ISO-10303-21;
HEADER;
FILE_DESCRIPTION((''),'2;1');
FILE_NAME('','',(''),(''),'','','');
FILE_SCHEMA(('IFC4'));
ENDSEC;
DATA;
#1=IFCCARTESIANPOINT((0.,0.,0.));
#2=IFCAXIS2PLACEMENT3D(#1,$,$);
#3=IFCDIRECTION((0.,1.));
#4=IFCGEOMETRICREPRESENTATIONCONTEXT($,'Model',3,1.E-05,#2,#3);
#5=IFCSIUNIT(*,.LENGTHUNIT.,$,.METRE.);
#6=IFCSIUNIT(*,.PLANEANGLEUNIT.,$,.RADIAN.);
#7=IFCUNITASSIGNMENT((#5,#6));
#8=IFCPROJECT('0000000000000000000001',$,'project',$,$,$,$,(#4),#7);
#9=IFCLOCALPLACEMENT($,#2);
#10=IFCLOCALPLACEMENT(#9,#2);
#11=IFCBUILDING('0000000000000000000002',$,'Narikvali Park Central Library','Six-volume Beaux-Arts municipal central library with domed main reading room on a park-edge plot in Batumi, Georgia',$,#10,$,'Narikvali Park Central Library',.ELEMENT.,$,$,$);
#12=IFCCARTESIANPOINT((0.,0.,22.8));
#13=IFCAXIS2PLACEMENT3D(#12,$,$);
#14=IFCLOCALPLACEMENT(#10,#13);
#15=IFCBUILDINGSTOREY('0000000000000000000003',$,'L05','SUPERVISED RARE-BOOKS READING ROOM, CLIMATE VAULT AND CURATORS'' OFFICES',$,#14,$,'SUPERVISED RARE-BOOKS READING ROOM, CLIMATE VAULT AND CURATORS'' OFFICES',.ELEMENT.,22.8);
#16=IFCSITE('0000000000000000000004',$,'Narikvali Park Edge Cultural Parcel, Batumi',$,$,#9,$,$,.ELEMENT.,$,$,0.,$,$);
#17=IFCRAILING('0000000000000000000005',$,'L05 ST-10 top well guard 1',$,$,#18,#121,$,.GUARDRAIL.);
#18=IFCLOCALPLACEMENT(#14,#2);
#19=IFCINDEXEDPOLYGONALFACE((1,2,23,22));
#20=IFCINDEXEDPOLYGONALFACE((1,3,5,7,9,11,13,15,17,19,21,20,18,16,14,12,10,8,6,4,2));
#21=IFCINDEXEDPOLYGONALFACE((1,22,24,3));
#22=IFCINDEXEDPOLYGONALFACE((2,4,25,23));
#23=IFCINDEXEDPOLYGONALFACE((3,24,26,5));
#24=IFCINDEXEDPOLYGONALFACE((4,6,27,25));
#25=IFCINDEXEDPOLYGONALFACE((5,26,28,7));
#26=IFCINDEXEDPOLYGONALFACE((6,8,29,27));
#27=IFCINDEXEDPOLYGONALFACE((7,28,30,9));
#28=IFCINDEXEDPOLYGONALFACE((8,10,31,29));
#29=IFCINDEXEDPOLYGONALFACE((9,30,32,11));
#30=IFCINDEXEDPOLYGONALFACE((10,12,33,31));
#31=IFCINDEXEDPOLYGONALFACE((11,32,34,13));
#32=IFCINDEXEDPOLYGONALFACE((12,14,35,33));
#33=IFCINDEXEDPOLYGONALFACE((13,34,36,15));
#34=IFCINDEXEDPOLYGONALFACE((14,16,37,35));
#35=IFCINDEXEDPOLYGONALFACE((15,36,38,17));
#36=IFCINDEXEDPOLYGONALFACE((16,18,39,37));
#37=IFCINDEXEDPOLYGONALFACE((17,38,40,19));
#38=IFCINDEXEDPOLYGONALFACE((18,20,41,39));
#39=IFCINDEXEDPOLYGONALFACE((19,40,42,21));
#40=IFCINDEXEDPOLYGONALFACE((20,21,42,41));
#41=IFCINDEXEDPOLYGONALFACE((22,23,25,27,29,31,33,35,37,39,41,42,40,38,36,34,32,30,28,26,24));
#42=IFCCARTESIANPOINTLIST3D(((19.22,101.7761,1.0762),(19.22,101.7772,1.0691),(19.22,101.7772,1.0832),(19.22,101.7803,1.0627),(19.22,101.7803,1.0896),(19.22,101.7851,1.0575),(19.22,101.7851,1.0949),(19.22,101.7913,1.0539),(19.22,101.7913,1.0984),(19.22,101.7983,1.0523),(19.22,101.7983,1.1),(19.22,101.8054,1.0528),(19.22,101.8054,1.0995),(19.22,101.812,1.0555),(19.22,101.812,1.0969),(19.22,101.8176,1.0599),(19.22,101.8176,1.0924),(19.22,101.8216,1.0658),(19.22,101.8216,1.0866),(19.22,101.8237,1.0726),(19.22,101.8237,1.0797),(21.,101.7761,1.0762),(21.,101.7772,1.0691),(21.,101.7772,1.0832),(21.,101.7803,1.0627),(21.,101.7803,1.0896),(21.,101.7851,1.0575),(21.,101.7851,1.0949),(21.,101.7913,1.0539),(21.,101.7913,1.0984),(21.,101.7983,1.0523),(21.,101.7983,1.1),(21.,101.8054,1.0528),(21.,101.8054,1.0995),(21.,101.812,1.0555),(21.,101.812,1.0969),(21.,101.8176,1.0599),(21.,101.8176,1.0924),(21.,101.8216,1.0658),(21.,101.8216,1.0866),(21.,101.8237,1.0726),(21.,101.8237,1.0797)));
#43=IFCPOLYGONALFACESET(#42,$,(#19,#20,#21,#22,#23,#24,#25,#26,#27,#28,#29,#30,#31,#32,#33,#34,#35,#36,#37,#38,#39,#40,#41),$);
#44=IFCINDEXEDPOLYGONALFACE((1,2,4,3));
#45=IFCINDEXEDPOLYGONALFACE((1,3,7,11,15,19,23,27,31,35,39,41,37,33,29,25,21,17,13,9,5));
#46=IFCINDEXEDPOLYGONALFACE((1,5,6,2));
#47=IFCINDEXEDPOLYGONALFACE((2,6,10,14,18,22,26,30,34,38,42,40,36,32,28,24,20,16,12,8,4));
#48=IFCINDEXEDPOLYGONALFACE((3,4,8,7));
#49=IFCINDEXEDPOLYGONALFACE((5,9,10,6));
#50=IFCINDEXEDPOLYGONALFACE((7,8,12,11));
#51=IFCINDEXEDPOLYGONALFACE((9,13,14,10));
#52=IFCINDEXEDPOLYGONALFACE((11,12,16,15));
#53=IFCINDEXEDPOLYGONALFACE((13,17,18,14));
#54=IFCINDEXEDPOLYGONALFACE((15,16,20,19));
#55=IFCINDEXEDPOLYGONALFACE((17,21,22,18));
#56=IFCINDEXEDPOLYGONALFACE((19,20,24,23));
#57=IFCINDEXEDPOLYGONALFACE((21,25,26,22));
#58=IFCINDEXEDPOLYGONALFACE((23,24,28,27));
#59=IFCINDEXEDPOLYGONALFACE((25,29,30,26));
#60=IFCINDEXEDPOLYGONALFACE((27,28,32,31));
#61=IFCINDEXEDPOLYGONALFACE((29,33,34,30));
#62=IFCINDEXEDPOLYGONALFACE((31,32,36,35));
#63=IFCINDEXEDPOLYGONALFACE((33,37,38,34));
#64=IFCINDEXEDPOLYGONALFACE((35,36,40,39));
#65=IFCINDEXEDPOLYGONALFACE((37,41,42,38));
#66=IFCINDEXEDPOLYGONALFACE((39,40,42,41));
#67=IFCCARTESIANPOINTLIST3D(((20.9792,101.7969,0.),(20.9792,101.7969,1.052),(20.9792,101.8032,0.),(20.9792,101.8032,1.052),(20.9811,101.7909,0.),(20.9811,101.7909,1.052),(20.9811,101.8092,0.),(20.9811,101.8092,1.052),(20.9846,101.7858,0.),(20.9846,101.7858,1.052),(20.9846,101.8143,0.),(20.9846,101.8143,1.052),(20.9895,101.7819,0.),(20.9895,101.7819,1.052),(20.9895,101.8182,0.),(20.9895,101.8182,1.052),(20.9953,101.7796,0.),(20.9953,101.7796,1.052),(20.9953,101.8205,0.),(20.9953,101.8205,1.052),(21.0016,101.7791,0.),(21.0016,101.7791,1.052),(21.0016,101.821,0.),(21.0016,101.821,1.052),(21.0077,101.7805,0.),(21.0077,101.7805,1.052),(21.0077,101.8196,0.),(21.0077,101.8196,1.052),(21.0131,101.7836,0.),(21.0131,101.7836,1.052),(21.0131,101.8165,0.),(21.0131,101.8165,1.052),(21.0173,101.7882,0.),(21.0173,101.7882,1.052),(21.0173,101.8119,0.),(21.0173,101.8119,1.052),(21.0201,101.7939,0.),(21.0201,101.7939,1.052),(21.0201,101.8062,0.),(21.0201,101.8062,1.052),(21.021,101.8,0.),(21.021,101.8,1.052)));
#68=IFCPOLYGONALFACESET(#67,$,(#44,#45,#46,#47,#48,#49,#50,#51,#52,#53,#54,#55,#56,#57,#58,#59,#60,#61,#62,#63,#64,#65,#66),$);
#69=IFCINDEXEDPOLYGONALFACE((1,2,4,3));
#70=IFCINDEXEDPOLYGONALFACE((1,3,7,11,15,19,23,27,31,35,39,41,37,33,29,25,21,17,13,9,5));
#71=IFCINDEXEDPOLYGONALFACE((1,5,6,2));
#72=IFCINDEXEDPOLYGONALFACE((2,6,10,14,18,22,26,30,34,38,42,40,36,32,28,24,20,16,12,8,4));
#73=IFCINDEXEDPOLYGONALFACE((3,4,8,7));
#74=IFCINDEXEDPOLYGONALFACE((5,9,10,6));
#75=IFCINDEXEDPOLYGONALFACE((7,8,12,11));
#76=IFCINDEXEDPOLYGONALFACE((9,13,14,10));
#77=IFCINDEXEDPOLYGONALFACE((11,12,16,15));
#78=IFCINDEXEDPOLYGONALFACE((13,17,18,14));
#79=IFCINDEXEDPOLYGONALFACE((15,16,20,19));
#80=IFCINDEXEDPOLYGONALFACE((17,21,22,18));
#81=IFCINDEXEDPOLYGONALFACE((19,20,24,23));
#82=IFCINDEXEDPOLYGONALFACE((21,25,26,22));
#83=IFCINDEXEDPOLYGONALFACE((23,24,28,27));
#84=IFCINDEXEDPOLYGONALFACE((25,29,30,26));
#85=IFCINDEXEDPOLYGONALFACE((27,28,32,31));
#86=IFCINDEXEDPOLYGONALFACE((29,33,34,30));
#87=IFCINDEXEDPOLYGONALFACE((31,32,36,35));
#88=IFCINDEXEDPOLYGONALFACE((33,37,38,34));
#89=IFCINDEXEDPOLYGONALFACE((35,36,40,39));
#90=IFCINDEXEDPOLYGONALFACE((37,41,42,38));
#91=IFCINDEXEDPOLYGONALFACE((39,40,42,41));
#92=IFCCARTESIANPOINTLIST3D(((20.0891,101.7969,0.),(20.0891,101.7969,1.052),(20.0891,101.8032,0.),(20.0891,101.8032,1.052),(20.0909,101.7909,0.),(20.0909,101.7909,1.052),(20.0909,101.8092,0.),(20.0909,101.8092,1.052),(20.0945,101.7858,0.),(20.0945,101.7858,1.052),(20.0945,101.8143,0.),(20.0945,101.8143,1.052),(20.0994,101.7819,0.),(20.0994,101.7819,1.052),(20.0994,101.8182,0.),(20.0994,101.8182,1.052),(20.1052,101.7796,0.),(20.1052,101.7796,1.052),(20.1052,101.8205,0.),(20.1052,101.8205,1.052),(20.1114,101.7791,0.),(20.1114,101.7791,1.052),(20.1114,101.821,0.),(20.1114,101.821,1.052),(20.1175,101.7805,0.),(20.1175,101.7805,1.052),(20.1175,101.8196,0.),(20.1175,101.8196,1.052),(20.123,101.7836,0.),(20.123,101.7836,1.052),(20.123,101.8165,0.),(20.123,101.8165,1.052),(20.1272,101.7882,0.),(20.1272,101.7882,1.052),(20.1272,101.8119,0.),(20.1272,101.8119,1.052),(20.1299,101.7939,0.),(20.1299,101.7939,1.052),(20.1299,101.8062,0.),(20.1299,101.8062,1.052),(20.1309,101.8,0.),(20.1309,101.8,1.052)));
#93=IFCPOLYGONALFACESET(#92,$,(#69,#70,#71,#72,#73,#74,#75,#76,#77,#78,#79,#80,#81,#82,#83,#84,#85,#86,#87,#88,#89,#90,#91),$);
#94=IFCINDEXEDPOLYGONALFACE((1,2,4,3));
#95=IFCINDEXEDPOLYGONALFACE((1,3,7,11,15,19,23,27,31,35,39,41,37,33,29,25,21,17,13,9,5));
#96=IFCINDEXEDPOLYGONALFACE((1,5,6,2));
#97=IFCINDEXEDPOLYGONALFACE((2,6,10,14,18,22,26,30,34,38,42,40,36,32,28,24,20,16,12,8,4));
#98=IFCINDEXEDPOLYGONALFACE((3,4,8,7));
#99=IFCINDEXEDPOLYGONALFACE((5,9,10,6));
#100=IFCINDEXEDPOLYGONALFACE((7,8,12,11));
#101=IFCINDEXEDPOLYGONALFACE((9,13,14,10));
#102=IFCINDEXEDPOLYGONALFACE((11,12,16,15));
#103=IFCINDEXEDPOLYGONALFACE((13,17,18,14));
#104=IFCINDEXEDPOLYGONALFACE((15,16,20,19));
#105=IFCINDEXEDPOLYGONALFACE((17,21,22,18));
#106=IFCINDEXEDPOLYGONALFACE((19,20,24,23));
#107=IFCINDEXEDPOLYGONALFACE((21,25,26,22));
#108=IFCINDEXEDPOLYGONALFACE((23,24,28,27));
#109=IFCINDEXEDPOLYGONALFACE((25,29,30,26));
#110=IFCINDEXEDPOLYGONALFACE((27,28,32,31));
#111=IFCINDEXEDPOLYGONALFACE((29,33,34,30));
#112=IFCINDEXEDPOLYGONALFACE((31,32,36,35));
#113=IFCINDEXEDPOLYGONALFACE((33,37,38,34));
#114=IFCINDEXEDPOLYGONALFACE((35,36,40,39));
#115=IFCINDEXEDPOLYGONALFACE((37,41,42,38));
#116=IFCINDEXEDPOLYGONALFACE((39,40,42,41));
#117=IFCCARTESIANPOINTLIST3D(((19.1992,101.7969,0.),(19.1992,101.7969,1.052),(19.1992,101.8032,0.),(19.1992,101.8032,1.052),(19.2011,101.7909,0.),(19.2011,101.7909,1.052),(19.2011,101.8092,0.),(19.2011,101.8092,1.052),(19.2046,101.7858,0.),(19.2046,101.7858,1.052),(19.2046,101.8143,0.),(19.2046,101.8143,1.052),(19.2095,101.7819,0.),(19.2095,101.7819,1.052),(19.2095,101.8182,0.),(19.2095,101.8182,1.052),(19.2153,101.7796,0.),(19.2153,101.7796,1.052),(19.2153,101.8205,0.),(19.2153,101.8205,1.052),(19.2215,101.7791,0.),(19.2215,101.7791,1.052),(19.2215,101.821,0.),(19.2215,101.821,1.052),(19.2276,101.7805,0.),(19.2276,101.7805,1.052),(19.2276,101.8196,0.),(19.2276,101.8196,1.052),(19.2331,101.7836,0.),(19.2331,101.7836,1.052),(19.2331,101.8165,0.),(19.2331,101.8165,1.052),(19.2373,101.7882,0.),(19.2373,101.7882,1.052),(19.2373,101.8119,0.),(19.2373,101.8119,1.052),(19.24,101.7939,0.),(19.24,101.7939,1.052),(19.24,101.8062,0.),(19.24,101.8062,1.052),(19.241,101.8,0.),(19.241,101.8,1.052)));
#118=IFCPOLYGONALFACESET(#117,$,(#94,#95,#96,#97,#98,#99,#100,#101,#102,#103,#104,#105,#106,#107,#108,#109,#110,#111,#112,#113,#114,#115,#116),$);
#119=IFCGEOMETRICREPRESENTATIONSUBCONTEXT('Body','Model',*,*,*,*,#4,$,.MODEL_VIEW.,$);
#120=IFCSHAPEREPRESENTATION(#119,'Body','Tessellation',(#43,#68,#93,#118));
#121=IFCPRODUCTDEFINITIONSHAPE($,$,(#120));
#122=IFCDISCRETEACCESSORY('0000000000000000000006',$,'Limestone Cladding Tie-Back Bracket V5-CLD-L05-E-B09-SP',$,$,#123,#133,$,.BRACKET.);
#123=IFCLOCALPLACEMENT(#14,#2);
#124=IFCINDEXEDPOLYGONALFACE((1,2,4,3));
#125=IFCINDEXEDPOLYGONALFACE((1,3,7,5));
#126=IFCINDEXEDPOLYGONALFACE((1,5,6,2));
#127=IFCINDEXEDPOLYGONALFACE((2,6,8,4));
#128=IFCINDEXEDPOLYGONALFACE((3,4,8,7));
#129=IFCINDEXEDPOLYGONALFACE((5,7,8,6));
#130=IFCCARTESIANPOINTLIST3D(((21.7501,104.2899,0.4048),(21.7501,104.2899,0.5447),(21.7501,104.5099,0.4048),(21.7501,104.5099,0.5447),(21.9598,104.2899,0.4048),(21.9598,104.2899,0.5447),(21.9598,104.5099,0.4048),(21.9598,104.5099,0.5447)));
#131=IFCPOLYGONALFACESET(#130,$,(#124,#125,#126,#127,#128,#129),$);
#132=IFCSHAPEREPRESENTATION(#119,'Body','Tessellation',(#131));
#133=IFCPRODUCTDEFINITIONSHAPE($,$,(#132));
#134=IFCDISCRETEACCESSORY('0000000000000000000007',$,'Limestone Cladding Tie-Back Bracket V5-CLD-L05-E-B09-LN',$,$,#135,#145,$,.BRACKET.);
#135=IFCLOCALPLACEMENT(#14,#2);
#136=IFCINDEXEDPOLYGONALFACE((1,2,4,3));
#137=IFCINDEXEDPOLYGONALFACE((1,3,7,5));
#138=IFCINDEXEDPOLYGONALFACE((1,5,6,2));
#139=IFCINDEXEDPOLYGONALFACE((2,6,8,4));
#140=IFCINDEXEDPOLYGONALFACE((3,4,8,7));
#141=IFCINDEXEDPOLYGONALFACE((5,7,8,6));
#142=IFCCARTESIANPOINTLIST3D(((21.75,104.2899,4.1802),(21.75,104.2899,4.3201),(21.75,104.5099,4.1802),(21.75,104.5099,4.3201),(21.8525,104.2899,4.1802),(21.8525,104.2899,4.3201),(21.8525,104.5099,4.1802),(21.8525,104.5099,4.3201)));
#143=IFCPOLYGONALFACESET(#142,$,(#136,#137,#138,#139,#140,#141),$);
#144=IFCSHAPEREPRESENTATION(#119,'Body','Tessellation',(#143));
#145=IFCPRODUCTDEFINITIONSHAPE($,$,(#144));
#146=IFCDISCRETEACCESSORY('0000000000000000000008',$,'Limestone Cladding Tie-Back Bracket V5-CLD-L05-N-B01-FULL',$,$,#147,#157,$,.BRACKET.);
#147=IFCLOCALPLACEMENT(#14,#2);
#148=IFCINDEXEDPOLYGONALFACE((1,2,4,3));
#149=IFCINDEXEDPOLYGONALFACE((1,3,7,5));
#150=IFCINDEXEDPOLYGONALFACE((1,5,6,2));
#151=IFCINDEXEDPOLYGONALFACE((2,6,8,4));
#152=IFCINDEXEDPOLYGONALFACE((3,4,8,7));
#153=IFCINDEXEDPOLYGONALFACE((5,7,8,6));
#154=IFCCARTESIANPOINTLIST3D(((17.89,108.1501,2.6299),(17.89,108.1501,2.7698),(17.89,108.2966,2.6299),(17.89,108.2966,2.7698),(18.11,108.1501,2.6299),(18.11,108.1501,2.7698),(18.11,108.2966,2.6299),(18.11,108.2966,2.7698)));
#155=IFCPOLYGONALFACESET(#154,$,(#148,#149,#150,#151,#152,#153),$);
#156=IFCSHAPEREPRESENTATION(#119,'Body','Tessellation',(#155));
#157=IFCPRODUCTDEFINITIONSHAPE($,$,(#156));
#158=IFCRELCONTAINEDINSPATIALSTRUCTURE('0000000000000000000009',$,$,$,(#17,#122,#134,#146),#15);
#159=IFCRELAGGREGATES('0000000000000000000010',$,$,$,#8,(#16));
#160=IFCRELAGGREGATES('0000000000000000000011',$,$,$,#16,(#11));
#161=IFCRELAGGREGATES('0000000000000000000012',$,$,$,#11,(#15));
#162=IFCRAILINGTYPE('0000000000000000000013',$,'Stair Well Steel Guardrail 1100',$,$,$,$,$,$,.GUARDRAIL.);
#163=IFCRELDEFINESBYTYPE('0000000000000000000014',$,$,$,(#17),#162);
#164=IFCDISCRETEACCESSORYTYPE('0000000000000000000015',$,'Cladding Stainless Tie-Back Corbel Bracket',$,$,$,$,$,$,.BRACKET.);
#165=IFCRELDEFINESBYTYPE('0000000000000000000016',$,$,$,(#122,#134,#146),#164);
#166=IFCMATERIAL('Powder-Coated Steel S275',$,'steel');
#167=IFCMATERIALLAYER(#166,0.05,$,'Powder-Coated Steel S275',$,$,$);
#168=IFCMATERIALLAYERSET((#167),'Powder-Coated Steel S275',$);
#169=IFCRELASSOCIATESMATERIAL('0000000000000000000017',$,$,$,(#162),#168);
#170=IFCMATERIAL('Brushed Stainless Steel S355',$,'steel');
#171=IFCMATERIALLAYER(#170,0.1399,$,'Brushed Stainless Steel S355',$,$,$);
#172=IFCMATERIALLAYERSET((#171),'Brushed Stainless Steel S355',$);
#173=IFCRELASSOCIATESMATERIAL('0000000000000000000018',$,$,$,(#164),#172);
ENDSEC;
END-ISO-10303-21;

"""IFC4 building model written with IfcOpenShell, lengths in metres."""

from ifc_helpers import new_model, si_unit, direction, frame, origin, origin_2d, place, context, subcontext, project, spatial, rectangle, circle, extrude, material, layer, layer_set, type_object, element, save


model = new_model("IFC4")

# Units and contexts
model_context = context("Model", 3, precision=1e-05, world=origin(), true_north=direction((0.0, 1.0)))
body_context = subcontext(model_context, "Body", "Model", "MODEL_VIEW")
ifc_project = project(units=[si_unit("LENGTHUNIT", "METRE"), si_unit("PLANEANGLEUNIT", "RADIAN")], contexts=[model_context])

# Site, building, storey
site_placement = place(None, origin())
site = spatial("IfcSite", under=ifc_project, at=site_placement, Name="Narikvali Park Edge Cultural Parcel, Batumi", CompositionType="ELEMENT", RefElevation=0.0)
building_placement = place(site_placement, origin())
building = spatial("IfcBuilding", under=site, at=building_placement, Name="Narikvali Park Central Library", Description="Six-volume Beaux-Arts municipal central library with domed main reading room on a park-edge plot in Batumi, Georgia", LongName="Narikvali Park Central Library", CompositionType="ELEMENT")
storey_placement = place(building_placement, frame((0.0, 0.0, 22.8)))
storey = spatial("IfcBuildingStorey", under=building, at=storey_placement, Name="L05", Description="SUPERVISED RARE-BOOKS READING ROOM, CLIMATE VAULT AND CURATORS' OFFICES", LongName="SUPERVISED RARE-BOOKS READING ROOM, CLIMATE VAULT AND CURATORS' OFFICES", CompositionType="ELEMENT", Elevation=22.8)

# Shared definitions
ifc_material_1 = material(Name="Brushed Stainless Steel S355", Category="steel")

# Railing
ifc_material_2 = material(Name="Powder-Coated Steel S275", Category="steel")
ifc_layer_1 = layer(ifc_material_2, 0.05, Name="Powder-Coated Steel S275")
ifc_layer_set_1 = layer_set([ifc_layer_1], Name="Powder-Coated Steel S275")
railing_type = type_object("IfcRailingType", Name="Stair Well Steel Guardrail 1100", PredefinedType="GUARDRAIL", material=ifc_layer_set_1)
railing_placement = place(storey_placement, frame((21.0, 101.8, 0.0)))
element("IfcRailing", 1, at=railing_placement, inside=storey, type_object=railing_type, Name="L05 ST-10 top well guard 1", PredefinedType="GUARDRAIL", context=body_context, shape_type="SweptSolid", body=[
    extrude(circle(Radius=0.0239, at=origin_2d()), frame((0.0, 0.0, 1.0762), z_axis=(-1.0, 0.0, 0.0), x_axis=(0.0, -1.0, 0.0)), (0.0, 0.0, 1.0), 1.78),
    extrude(circle(Radius=0.021, at=origin_2d()), origin(), (0.0, 0.0, 1.0), 1.052),
    extrude(circle(Radius=0.021, at=origin_2d()), frame((-0.8901, 0.0, 0.0)), (0.0, 0.0, 1.0), 1.052),
    extrude(circle(Radius=0.021, at=origin_2d()), frame((-1.78, 0.0, 0.0)), (0.0, 0.0, 1.0), 1.052),
])

# Discrete accessories
ifc_layer_2 = layer(ifc_material_1, 0.1399, Name="Brushed Stainless Steel S355")
ifc_layer_set_2 = layer_set([ifc_layer_2], Name="Brushed Stainless Steel S355")
discrete_accessory_type = type_object("IfcDiscreteAccessoryType", Name="Cladding Stainless Tie-Back Corbel Bracket", PredefinedType="BRACKET", material=ifc_layer_set_2)
discrete_accessory_1_placement = place(storey_placement, frame((21.855, 104.3999, 0.4048), z_axis=(0.0, 0.0, 1.0), x_axis=(1.0, 0.0, 0.0)))
element("IfcDiscreteAccessory", 2, at=discrete_accessory_1_placement, inside=storey, type_object=discrete_accessory_type, Name="Limestone Cladding Tie-Back Bracket V5-CLD-L05-E-B09-SP", PredefinedType="BRACKET", context=body_context, shape_type="SweptSolid", body=[
    extrude(rectangle(XDim=0.2097, YDim=0.22, at=origin_2d()), origin(), (0.0, 0.0, 1.0), 0.1399),
])
discrete_accessory_2_placement = place(storey_placement, frame((21.8013, 104.3999, 4.1802), z_axis=(0.0, 0.0, 1.0), x_axis=(1.0, 0.0, 0.0)))
element("IfcDiscreteAccessory", 3, at=discrete_accessory_2_placement, inside=storey, type_object=discrete_accessory_type, Name="Limestone Cladding Tie-Back Bracket V5-CLD-L05-E-B09-LN", PredefinedType="BRACKET", context=body_context, shape_type="SweptSolid", body=[
    extrude(rectangle(XDim=0.1025, YDim=0.22, at=origin_2d()), origin(), (0.0, 0.0, 1.0), 0.1399),
])
discrete_accessory_3_placement = place(storey_placement, frame((18.0, 108.2234, 2.6299), z_axis=(0.0, 0.0, 1.0), x_axis=(1.0, 0.0, 0.0)))
element("IfcDiscreteAccessory", 4, at=discrete_accessory_3_placement, inside=storey, type_object=discrete_accessory_type, Name="Limestone Cladding Tie-Back Bracket V5-CLD-L05-N-B01-FULL", PredefinedType="BRACKET", context=body_context, shape_type="SweptSolid", body=[
    extrude(rectangle(XDim=0.22, YDim=0.1465, at=origin_2d()), origin(), (0.0, 0.0, 1.0), 0.1399),
])

save(model, "model.ifc")
